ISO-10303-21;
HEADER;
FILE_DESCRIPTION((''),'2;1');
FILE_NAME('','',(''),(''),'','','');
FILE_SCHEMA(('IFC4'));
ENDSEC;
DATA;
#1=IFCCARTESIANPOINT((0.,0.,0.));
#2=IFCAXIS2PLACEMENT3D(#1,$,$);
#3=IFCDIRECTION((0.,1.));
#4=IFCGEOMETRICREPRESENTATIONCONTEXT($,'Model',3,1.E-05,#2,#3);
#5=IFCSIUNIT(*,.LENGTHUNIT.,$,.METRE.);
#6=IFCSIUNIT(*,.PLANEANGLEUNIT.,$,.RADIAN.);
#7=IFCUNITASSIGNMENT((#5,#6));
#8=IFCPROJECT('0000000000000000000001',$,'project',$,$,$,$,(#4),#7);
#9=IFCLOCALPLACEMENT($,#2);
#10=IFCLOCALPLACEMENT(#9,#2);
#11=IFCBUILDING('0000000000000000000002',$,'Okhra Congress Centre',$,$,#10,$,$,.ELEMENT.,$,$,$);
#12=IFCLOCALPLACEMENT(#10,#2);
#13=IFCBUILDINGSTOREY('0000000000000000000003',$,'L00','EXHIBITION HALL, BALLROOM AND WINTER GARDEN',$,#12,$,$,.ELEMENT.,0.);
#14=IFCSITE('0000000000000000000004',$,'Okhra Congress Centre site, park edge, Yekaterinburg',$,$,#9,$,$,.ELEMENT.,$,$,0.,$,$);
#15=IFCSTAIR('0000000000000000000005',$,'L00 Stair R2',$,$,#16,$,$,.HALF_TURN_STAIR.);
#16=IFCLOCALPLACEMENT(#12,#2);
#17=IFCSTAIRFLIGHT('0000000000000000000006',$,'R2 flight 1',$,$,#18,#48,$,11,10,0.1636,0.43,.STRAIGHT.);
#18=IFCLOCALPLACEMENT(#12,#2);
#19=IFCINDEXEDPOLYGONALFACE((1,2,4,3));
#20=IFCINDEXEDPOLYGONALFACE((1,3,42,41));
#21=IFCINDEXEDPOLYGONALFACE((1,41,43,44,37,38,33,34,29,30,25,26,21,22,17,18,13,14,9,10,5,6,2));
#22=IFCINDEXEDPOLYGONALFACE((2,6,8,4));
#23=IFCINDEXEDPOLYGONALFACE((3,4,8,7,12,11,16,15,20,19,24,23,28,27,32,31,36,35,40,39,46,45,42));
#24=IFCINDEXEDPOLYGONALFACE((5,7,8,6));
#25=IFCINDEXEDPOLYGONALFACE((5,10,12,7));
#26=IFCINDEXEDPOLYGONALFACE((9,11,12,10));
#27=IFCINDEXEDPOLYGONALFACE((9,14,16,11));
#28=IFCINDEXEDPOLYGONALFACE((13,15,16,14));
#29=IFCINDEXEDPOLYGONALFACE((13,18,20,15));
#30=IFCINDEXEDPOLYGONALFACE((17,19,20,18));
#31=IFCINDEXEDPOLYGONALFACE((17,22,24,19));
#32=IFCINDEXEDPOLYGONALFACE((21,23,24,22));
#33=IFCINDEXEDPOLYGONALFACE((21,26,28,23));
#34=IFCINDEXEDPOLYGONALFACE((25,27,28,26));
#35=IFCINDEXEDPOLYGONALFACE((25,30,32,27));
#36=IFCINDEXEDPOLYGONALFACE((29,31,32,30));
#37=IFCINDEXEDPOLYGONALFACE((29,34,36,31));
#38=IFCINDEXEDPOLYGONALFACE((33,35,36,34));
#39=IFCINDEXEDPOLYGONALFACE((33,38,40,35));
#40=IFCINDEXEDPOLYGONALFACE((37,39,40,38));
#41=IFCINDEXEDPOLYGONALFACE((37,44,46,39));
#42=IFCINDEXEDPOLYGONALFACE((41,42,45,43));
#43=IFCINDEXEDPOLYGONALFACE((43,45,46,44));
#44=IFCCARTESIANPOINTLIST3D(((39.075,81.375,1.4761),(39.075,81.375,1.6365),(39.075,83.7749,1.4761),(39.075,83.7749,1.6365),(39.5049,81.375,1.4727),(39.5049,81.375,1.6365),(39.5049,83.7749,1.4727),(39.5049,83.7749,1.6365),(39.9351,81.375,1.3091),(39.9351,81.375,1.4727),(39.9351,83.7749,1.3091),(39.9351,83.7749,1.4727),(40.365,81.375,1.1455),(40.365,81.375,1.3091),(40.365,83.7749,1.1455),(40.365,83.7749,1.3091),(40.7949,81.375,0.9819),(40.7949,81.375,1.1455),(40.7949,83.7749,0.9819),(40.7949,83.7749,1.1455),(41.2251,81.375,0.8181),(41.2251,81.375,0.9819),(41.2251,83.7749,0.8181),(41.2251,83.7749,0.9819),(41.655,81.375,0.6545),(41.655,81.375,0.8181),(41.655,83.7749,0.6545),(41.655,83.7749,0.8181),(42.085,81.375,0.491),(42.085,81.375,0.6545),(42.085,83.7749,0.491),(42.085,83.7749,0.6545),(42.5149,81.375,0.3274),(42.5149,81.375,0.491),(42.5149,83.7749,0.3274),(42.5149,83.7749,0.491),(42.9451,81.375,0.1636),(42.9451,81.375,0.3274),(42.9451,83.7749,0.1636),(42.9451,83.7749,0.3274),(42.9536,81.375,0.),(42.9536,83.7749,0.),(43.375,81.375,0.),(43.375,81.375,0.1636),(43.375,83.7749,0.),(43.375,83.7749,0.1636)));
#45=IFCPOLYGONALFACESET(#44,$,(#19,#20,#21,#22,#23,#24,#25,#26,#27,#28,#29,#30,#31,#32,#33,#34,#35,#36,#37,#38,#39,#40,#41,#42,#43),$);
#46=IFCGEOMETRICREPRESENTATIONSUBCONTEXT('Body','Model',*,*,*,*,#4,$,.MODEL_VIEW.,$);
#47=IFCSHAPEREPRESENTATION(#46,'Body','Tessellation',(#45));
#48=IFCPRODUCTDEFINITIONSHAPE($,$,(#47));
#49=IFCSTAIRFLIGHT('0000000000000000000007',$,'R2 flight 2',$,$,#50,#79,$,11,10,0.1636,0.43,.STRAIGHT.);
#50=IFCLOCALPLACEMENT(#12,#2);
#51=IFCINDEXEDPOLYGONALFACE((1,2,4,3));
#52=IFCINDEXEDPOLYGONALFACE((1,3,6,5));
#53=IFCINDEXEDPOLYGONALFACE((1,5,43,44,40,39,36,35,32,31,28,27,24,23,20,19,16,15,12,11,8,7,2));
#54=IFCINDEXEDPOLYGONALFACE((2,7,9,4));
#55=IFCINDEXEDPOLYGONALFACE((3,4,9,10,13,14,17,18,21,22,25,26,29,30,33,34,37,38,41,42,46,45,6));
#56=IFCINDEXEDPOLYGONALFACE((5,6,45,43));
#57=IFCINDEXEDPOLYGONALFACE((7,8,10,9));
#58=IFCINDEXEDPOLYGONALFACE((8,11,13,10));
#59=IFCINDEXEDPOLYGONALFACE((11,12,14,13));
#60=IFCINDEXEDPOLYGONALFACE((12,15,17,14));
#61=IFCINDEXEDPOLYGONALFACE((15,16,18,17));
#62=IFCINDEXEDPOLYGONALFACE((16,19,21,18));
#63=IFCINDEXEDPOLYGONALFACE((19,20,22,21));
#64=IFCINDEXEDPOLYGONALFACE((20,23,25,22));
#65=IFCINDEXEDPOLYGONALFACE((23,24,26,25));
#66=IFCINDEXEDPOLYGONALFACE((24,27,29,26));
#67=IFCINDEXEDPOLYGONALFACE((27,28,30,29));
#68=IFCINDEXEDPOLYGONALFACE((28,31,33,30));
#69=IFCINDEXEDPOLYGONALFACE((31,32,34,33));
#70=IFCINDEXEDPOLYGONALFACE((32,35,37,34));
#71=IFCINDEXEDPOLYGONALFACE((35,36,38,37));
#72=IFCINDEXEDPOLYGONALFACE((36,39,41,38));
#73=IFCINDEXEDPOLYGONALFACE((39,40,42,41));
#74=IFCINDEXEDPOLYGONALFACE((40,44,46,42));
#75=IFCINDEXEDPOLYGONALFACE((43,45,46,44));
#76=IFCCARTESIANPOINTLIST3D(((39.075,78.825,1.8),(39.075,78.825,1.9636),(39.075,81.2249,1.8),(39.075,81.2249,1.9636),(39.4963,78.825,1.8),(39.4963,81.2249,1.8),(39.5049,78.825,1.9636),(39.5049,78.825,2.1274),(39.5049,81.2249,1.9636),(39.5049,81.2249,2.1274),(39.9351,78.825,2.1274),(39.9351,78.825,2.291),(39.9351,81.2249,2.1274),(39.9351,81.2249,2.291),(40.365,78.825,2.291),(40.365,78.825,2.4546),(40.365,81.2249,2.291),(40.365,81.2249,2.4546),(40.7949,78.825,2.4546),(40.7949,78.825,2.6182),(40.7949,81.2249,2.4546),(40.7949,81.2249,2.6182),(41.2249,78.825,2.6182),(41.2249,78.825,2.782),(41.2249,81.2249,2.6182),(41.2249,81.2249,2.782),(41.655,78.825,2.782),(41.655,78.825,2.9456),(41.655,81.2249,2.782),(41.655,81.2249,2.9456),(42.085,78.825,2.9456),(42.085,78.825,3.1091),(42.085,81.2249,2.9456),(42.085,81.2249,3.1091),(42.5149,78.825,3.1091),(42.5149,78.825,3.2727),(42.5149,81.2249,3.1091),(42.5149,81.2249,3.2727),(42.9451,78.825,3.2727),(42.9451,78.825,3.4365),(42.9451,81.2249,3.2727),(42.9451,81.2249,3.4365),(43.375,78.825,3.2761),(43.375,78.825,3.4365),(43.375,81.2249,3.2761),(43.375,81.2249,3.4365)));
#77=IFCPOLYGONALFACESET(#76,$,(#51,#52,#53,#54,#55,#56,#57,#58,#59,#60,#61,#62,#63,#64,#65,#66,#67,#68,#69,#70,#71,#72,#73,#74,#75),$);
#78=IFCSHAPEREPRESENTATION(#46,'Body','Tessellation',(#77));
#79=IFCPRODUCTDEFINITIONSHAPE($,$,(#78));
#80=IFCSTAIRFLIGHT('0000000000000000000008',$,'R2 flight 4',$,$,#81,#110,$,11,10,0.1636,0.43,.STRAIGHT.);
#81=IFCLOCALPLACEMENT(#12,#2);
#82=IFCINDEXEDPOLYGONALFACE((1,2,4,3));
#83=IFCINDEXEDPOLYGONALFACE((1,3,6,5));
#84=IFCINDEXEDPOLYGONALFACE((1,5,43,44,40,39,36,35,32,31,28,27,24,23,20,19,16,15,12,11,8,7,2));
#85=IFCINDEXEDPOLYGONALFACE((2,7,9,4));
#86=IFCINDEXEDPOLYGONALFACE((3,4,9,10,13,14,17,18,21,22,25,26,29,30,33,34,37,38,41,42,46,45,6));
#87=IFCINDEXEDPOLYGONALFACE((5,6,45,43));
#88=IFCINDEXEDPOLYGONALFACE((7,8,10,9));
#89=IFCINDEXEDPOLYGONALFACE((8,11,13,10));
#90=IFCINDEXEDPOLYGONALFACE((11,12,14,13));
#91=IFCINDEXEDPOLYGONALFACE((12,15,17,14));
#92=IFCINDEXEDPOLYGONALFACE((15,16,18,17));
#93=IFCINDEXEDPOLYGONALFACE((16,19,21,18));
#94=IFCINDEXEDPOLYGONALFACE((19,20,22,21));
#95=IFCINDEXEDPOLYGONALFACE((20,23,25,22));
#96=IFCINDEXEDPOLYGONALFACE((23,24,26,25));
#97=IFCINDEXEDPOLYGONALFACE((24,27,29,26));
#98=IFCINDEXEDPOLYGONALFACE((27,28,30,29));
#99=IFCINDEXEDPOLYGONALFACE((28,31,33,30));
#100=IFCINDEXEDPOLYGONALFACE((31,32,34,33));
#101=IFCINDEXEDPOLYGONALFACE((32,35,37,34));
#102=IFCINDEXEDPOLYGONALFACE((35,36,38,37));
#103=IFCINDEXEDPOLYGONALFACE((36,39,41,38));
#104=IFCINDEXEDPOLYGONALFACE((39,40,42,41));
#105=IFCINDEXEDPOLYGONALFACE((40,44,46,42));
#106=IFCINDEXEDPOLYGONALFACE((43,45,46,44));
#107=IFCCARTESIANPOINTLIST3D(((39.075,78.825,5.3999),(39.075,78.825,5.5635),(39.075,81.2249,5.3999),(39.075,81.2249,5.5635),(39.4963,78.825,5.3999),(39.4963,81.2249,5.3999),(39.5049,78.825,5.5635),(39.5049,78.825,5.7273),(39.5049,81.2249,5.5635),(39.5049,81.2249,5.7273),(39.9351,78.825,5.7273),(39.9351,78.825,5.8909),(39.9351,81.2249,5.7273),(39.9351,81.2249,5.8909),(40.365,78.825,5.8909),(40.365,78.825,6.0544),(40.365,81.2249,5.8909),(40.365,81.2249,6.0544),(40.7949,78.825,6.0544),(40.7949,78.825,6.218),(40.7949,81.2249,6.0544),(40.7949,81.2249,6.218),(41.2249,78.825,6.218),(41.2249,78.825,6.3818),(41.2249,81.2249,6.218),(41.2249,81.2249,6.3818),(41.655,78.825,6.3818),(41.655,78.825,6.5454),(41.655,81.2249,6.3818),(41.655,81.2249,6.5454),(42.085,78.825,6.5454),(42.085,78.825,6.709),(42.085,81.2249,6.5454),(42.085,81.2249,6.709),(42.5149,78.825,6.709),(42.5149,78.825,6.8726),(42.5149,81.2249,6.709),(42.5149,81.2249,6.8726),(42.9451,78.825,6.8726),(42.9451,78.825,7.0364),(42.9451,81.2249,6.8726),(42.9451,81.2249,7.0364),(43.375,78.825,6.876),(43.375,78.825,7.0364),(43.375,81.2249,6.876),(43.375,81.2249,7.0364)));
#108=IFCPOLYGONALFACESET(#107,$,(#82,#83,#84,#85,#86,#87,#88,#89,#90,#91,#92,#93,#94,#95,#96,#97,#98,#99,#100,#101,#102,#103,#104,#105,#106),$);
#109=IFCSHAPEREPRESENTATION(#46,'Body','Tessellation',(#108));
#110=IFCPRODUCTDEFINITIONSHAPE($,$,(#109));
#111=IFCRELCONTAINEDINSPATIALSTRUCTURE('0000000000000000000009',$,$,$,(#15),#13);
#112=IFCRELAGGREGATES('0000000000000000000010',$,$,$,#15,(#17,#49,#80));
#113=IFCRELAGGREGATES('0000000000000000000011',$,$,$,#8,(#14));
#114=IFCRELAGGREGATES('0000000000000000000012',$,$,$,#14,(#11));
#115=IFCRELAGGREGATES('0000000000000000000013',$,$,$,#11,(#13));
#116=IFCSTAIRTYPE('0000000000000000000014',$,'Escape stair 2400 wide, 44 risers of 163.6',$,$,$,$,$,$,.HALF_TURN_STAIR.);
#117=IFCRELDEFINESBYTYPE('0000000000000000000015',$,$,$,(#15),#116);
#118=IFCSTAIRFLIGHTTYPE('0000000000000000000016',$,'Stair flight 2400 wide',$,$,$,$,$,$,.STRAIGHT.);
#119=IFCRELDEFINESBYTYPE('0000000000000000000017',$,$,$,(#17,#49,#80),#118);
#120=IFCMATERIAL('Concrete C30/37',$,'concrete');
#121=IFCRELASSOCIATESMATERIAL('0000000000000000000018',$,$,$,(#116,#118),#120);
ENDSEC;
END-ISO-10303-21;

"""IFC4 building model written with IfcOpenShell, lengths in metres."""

from ifc_helpers import new_model, si_unit, direction, frame, origin, place, context, subcontext, project, spatial, polyline, outline, extrude, material, type_object, element, aggregate, save


model = new_model("IFC4")

# Units and contexts
model_context = context("Model", 3, precision=1e-05, world=origin(), true_north=direction((0.0, 1.0)))
body_context = subcontext(model_context, "Body", "Model", "MODEL_VIEW")
ifc_project = project(units=[si_unit("LENGTHUNIT", "METRE"), si_unit("PLANEANGLEUNIT", "RADIAN")], contexts=[model_context])

# Site, building, storey
site_placement = place(None, origin())
site = spatial("IfcSite", under=ifc_project, at=site_placement, Name="Okhra Congress Centre site, park edge, Yekaterinburg", CompositionType="ELEMENT", RefElevation=0.0)
building_placement = place(site_placement, origin())
building = spatial("IfcBuilding", under=site, at=building_placement, Name="Okhra Congress Centre", CompositionType="ELEMENT")
storey_placement = place(building_placement, origin())
storey = spatial("IfcBuildingStorey", under=building, at=storey_placement, Name="L00", Description="EXHIBITION HALL, BALLROOM AND WINTER GARDEN", CompositionType="ELEMENT", Elevation=0.0)

# Shared definitions
ifc_material_1 = material(Name="Concrete C30/37", Category="concrete")

# Stair, stair flights
stair_type = type_object("IfcStairType", Name="Escape stair 2400 wide, 44 risers of 163.6", PredefinedType="HALF_TURN_STAIR", material=ifc_material_1)
stair_placement = place(storey_placement, origin())
stair = element("IfcStair", 1, at=stair_placement, inside=storey, type_object=stair_type, Name="L00 Stair R2", PredefinedType="HALF_TURN_STAIR")
stair_flight_type = type_object("IfcStairFlightType", Name="Stair flight 2400 wide", PredefinedType="STRAIGHT", material=ifc_material_1)
stair_flight_1_placement = place(storey_placement, frame((43.375, 82.575, 0.0), z_axis=(0.0, 0.0, 1.0), x_axis=(-1.0, 0.0, 0.0)))
stair_flight_1 = element("IfcStairFlight", 2, at=stair_flight_1_placement, type_object=stair_flight_type, Name="R2 flight 1", NumberOfRisers=11, NumberOfTreads=10, PredefinedType="STRAIGHT", RiserHeight=0.1636, TreadLength=0.43, context=body_context, shape_type="SweptSolid", body=[
    extrude(outline(polyline([(0.0, 0.0), (0.0, 0.1636), (0.4299, 0.1636), (0.4299, 0.3274), (0.8601, 0.3274), (0.8601, 0.491), (1.29, 0.491), (1.29, 0.6545), (1.72, 0.6545), (1.72, 0.8181), (2.1499, 0.8181), (2.1499, 0.9819), (2.5801, 0.9819), (2.5801, 1.1455), (3.01, 1.1455), (3.01, 1.3091), (3.4399, 1.3091), (3.4399, 1.4727), (3.8701, 1.4727), (3.8701, 1.6365), (4.3, 1.6365), (4.3, 1.8), (4.3, 1.4761), (0.4214, 0.0), (0.0, 0.0)])), frame((0.0, 1.2, 0.0), z_axis=(0.0, -1.0, 0.0), x_axis=(1.0, 0.0, 0.0)), (0.0, 0.0, 1.0), 2.3999),
])
stair_flight_2_placement = place(storey_placement, frame((39.075, 80.0249, 1.8), z_axis=(0.0, 0.0, 1.0), x_axis=(1.0, 0.0, 0.0)))
stair_flight_2 = element("IfcStairFlight", 3, at=stair_flight_2_placement, type_object=stair_flight_type, Name="R2 flight 2", NumberOfRisers=11, NumberOfTreads=10, PredefinedType="STRAIGHT", RiserHeight=0.1636, TreadLength=0.43, context=body_context, shape_type="SweptSolid", body=[
    extrude(outline(polyline([(0.0, 0.0), (0.0, 0.1636), (0.4299, 0.1636), (0.4299, 0.3274), (0.8601, 0.3274), (0.8601, 0.491), (1.29, 0.491), (1.29, 0.6545), (1.72, 0.6545), (1.72, 0.8181), (2.1499, 0.8181), (2.1499, 0.9819), (2.5801, 0.9819), (2.5801, 1.1455), (3.01, 1.1455), (3.01, 1.3091), (3.4399, 1.3091), (3.4399, 1.4727), (3.8701, 1.4727), (3.8701, 1.6365), (4.3, 1.6365), (4.3, 1.8), (4.3, 1.4761), (0.4214, 0.0), (0.0, 0.0)])), frame((0.0, 1.2, 0.0), z_axis=(0.0, -1.0, 0.0), x_axis=(1.0, 0.0, 0.0)), (0.0, 0.0, 1.0), 2.3999),
])
stair_flight_3_placement = place(storey_placement, frame((39.075, 80.0249, 5.3999), z_axis=(0.0, 0.0, 1.0), x_axis=(1.0, 0.0, 0.0)))
stair_flight_3 = element("IfcStairFlight", 4, at=stair_flight_3_placement, type_object=stair_flight_type, Name="R2 flight 4", NumberOfRisers=11, NumberOfTreads=10, PredefinedType="STRAIGHT", RiserHeight=0.1636, TreadLength=0.43, context=body_context, shape_type="SweptSolid", body=[
    extrude(outline(polyline([(0.0, 0.0), (0.0, 0.1636), (0.4299, 0.1636), (0.4299, 0.3274), (0.8601, 0.3274), (0.8601, 0.491), (1.29, 0.491), (1.29, 0.6545), (1.72, 0.6545), (1.72, 0.8181), (2.1499, 0.8181), (2.1499, 0.9819), (2.5801, 0.9819), (2.5801, 1.1455), (3.01, 1.1455), (3.01, 1.3091), (3.4399, 1.3091), (3.4399, 1.4727), (3.8701, 1.4727), (3.8701, 1.6365), (4.3, 1.6365), (4.3, 1.8), (4.3, 1.4761), (0.4214, 0.0), (0.0, 0.0)])), frame((0.0, 1.2, 0.0), z_axis=(0.0, -1.0, 0.0), x_axis=(1.0, 0.0, 0.0)), (0.0, 0.0, 1.0), 2.3999),
])
aggregate(stair, [stair_flight_1, stair_flight_2, stair_flight_3])

save(model, "model.ifc")
